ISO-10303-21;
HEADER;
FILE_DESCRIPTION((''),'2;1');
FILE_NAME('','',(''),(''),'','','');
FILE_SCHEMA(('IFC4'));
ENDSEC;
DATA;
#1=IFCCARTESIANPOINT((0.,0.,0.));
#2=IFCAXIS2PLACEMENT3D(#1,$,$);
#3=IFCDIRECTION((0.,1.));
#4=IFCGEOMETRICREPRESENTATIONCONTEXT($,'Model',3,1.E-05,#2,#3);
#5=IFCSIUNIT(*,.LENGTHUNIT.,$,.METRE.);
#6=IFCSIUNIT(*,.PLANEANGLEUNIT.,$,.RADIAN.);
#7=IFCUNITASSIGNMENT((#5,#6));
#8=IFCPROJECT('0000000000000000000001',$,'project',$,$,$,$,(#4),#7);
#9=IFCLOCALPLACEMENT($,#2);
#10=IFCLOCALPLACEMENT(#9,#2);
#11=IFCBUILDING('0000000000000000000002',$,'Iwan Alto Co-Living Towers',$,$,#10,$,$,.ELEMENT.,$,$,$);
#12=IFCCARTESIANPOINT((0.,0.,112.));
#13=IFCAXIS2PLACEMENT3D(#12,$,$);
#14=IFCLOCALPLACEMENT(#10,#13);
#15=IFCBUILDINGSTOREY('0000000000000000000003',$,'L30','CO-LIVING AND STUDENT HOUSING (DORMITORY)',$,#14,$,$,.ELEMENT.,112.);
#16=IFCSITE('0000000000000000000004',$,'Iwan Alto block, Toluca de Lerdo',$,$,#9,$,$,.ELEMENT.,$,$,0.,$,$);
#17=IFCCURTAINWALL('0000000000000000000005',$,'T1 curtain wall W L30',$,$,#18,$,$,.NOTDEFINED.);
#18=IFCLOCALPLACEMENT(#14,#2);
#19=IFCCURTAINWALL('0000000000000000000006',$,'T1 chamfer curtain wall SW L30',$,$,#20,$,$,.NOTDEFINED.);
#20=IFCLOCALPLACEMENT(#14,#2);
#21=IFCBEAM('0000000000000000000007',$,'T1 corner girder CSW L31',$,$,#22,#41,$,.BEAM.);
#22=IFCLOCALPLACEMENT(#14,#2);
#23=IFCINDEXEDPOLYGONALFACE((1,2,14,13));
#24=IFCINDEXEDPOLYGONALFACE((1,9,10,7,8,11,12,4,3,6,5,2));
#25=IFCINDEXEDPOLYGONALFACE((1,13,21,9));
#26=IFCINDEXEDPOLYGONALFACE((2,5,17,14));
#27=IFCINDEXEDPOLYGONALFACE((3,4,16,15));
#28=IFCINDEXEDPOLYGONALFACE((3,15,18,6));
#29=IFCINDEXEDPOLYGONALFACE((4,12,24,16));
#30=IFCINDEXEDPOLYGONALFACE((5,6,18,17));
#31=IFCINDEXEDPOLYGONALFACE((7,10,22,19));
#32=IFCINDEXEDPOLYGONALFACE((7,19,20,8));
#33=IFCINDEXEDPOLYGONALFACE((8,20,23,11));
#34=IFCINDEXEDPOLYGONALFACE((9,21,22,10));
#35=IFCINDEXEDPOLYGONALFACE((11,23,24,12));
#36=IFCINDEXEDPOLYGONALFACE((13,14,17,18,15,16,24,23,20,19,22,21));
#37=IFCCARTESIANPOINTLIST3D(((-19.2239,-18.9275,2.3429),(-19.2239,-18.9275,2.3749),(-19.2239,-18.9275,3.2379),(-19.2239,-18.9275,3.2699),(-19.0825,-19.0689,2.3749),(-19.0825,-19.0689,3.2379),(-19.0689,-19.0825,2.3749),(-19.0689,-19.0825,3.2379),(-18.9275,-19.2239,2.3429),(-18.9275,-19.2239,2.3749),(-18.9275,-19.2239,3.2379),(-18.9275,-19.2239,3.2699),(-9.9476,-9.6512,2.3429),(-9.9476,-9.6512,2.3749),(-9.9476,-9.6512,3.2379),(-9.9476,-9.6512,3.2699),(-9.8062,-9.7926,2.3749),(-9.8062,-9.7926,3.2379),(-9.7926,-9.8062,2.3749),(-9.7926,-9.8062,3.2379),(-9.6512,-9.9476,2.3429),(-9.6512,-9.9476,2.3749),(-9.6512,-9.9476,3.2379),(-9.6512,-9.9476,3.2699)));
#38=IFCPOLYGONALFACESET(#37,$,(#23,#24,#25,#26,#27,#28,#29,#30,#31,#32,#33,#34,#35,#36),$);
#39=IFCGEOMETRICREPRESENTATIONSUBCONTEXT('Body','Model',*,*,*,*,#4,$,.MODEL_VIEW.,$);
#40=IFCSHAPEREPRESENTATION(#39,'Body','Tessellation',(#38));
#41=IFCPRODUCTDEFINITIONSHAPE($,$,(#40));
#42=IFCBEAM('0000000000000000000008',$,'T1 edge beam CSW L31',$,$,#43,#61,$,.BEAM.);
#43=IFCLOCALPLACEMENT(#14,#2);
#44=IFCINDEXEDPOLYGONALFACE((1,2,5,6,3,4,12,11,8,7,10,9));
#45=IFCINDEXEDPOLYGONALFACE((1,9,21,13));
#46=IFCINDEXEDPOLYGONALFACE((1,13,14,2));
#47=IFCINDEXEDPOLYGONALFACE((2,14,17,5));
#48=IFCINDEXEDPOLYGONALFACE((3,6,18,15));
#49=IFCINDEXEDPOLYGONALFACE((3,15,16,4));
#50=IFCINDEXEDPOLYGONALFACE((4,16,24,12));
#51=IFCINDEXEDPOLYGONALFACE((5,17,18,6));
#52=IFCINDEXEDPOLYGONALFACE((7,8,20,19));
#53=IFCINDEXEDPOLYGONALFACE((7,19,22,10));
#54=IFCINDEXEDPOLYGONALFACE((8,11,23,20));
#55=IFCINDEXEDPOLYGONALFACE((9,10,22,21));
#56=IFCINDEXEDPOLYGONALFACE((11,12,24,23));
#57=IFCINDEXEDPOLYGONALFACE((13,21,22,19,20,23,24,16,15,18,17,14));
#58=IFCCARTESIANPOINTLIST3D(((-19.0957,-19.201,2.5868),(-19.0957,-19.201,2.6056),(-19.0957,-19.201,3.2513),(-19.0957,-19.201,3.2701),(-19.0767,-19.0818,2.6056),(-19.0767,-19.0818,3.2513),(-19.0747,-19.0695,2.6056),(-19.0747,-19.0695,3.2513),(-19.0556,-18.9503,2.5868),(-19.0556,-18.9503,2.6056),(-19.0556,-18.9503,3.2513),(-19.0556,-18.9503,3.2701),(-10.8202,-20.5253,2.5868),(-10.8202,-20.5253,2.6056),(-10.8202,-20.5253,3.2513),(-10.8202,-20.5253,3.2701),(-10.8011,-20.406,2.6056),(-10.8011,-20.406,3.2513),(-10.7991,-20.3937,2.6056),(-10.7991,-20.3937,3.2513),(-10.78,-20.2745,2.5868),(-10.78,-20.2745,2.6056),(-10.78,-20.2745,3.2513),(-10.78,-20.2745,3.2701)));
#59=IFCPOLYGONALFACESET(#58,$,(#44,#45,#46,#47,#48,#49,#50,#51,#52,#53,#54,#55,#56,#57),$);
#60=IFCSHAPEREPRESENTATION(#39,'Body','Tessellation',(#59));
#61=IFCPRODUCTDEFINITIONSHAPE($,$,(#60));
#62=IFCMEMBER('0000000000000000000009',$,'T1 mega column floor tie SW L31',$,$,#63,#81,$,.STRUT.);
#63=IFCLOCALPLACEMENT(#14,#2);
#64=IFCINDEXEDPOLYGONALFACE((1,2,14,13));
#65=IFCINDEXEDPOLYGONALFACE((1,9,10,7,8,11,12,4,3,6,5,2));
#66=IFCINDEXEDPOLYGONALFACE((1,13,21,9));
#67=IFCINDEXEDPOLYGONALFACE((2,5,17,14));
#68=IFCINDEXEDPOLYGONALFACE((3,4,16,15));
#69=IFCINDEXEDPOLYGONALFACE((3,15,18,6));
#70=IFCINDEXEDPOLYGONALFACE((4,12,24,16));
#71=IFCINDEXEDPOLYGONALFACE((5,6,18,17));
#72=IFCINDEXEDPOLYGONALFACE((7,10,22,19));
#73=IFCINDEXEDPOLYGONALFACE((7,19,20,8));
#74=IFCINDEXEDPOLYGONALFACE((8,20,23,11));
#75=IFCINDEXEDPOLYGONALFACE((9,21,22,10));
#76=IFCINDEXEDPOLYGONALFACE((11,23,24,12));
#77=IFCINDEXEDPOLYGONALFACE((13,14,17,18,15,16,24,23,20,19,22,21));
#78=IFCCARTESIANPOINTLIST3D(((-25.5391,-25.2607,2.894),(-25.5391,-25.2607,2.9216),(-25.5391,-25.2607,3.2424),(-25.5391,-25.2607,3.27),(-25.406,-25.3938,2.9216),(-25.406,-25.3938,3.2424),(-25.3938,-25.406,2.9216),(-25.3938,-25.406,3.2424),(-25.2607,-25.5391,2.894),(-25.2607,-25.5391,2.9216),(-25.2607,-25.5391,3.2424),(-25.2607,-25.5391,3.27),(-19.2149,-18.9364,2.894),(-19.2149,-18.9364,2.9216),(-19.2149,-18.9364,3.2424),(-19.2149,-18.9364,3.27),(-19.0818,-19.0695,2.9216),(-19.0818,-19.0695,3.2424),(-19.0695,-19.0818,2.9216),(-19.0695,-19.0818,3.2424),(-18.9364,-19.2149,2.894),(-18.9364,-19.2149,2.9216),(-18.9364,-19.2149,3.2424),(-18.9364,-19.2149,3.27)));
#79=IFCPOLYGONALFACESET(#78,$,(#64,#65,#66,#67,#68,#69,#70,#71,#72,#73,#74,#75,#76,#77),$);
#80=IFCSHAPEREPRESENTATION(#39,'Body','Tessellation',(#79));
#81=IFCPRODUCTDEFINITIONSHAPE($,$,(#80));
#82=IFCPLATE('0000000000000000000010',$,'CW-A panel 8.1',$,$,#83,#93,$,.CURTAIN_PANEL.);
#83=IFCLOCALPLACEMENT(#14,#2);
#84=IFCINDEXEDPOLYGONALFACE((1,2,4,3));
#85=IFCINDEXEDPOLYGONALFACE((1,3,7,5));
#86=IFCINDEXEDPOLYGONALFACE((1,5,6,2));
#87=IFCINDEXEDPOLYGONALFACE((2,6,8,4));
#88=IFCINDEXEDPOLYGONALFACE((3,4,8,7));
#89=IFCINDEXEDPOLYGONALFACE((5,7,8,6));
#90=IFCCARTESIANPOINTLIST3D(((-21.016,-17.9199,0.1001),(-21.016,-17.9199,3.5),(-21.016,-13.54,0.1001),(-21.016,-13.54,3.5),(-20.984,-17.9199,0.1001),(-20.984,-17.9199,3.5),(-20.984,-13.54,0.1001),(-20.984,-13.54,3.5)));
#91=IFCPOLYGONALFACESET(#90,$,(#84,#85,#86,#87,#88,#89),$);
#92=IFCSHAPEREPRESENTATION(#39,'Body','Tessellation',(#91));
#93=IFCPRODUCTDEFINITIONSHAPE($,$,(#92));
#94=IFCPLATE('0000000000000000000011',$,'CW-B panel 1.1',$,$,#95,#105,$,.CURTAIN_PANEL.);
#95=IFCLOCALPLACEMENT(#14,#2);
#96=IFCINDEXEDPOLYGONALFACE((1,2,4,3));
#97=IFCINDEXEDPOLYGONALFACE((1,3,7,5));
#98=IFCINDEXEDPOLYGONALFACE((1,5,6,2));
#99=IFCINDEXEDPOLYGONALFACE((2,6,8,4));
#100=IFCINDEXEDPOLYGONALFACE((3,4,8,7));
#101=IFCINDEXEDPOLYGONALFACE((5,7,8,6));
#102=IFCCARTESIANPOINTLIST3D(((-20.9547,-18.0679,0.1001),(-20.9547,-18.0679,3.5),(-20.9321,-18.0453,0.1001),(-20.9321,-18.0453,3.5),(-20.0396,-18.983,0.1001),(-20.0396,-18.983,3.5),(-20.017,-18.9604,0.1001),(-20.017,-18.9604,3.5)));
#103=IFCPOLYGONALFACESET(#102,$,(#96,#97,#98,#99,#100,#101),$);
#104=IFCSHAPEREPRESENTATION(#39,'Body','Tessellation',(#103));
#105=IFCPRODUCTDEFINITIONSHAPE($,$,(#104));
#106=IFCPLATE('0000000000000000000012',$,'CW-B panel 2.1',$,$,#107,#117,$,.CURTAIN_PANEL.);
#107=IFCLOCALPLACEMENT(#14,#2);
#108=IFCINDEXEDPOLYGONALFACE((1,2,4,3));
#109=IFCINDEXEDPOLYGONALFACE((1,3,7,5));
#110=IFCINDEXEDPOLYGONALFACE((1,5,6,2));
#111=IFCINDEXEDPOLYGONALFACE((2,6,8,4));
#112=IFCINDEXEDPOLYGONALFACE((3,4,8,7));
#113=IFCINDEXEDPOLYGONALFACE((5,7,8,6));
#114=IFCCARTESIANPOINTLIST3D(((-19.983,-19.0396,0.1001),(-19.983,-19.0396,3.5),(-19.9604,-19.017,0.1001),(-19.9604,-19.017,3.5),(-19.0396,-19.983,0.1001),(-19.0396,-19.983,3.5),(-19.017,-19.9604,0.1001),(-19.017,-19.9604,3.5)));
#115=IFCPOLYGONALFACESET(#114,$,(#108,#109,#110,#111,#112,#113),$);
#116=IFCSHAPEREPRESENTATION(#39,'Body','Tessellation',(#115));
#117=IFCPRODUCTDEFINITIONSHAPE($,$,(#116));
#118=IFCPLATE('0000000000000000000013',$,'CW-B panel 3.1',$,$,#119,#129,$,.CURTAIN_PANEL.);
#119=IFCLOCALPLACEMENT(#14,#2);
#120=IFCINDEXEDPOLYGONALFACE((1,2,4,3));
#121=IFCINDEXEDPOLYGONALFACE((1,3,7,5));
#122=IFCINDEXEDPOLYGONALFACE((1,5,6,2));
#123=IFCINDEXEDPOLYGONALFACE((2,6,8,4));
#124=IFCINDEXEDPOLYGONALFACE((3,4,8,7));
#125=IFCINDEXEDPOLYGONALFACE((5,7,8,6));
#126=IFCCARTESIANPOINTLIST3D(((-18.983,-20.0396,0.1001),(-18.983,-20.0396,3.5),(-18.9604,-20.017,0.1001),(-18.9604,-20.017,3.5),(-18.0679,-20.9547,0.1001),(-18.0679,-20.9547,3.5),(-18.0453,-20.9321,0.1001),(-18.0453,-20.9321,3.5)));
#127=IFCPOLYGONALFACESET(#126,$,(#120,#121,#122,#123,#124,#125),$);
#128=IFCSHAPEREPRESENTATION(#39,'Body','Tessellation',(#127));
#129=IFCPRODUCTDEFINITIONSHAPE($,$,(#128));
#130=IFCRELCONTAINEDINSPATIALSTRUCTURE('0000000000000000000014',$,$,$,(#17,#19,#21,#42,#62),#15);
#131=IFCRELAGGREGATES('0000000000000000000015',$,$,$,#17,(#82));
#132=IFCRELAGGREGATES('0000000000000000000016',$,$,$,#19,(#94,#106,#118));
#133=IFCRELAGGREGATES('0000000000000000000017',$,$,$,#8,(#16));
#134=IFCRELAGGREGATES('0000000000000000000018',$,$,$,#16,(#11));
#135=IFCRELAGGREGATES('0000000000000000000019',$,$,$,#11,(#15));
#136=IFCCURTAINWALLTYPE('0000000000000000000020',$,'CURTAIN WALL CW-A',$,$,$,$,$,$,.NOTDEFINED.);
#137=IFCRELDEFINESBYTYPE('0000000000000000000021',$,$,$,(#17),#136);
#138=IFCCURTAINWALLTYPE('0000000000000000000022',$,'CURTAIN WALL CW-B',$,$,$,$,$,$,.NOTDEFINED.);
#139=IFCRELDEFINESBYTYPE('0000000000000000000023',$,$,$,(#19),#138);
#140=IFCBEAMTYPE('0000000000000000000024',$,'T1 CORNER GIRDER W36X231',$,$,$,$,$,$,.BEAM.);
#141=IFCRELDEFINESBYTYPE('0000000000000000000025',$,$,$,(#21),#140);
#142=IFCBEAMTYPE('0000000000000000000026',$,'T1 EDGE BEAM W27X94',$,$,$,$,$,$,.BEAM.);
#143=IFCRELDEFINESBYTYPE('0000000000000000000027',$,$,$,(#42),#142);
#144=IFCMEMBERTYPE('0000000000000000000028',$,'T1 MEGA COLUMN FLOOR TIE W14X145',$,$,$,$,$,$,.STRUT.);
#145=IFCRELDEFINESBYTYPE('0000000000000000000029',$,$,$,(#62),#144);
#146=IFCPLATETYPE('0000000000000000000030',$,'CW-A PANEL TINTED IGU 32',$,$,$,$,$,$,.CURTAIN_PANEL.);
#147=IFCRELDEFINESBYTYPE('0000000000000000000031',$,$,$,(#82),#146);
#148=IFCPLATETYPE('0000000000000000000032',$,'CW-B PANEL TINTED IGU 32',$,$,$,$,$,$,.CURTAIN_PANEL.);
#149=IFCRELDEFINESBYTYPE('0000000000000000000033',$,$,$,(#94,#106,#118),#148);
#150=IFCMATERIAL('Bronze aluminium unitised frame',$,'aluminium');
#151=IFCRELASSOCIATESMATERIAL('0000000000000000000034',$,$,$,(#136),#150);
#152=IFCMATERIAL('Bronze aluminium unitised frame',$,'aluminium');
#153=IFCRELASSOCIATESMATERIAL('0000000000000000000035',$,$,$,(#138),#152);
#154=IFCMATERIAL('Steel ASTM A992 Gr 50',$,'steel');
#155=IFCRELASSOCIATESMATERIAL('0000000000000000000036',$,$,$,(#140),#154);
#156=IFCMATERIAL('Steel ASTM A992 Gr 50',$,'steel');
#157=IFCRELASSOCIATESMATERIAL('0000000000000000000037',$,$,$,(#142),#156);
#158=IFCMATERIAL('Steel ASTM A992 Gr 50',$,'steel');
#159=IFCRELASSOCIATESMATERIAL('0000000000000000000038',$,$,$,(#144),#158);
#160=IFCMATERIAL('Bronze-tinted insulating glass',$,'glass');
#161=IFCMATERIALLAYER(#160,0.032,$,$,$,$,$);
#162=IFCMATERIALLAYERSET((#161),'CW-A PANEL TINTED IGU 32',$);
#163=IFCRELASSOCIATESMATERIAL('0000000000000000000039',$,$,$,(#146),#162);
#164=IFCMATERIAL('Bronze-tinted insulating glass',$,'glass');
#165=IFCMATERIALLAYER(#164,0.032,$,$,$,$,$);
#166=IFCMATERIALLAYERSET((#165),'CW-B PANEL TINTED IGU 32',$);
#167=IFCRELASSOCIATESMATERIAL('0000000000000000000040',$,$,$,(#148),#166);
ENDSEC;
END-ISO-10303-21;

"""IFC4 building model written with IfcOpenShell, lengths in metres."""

from ifc_helpers import new_model, si_unit, direction, frame, origin, origin_2d, place, context, subcontext, project, spatial, rectangle, i_section, extrude, material, layer, layer_set, material_profile, profile_set, type_object, element, aggregate, save


model = new_model("IFC4")

# Units and contexts
model_context = context("Model", 3, precision=1e-05, world=origin(), true_north=direction((0.0, 1.0)))
body_context = subcontext(model_context, "Body", "Model", "MODEL_VIEW")
ifc_project = project(units=[si_unit("LENGTHUNIT", "METRE"), si_unit("PLANEANGLEUNIT", "RADIAN")], contexts=[model_context])

# Site, building, storey
site_placement = place(None, origin())
site = spatial("IfcSite", under=ifc_project, at=site_placement, Name="Iwan Alto block, Toluca de Lerdo", CompositionType="ELEMENT", RefElevation=0.0)
building_placement = place(site_placement, origin())
building = spatial("IfcBuilding", under=site, at=building_placement, Name="Iwan Alto Co-Living Towers", CompositionType="ELEMENT")
storey_placement = place(building_placement, frame((0.0, 0.0, 112.0)))
storey = spatial("IfcBuildingStorey", under=building, at=storey_placement, Name="L30", Description="CO-LIVING AND STUDENT HOUSING (DORMITORY)", CompositionType="ELEMENT", Elevation=112.0)

# Curtain wall
ifc_material_1 = material(Name="Bronze aluminium unitised frame", Category="aluminium")
curtain_wall_type_1 = type_object("IfcCurtainWallType", Name="CURTAIN WALL CW-A", PredefinedType="NOTDEFINED", material=ifc_material_1)
curtain_wall_1_placement = place(storey_placement, origin())
curtain_wall_1 = element("IfcCurtainWall", 1, at=curtain_wall_1_placement, inside=storey, type_object=curtain_wall_type_1, Name="T1 curtain wall W L30", PredefinedType="NOTDEFINED")

# Curtain wall
ifc_material_2 = material(Name="Bronze aluminium unitised frame", Category="aluminium")
curtain_wall_type_2 = type_object("IfcCurtainWallType", Name="CURTAIN WALL CW-B", PredefinedType="NOTDEFINED", material=ifc_material_2)
curtain_wall_2_placement = place(storey_placement, origin())
curtain_wall_2 = element("IfcCurtainWall", 2, at=curtain_wall_2_placement, inside=storey, type_object=curtain_wall_type_2, Name="T1 chamfer curtain wall SW L30", PredefinedType="NOTDEFINED")

# Beams
ifc_material_3 = material(Name="Steel ASTM A992 Gr 50", Category="steel")
ifc_material_profile_1 = material_profile(ifc_material_3, i_section(OverallWidth=0.4192, OverallDepth=0.927, WebThickness=0.0193, FlangeThickness=0.032, at=origin_2d()), Name="W36X231")
ifc_profile_set_1 = profile_set([ifc_material_profile_1], Name="Steel ASTM A992 Gr 50")
beam_type_1 = type_object("IfcBeamType", Name="T1 CORNER GIRDER W36X231", PredefinedType="BEAM", material=ifc_profile_set_1)
beam_1_placement = place(storey_placement, frame((-19.0757, -19.0757, 2.8064), z_axis=(0.707107, 0.707107, 0.0), x_axis=(-0.707107, 0.707107, 0.0)))
element("IfcBeam", 3, at=beam_1_placement, inside=storey, type_object=beam_type_1, Name="T1 corner girder CSW L31", PredefinedType="BEAM", context=body_context, shape_type="SweptSolid", body=[
    extrude(i_section(OverallWidth=0.4192, OverallDepth=0.927, WebThickness=0.0193, FlangeThickness=0.032, at=origin_2d()), origin(), (0.0, 0.0, 1.0), 13.1187),
])
ifc_material_4 = material(Name="Steel ASTM A992 Gr 50", Category="steel")
ifc_material_profile_2 = material_profile(ifc_material_4, i_section(OverallWidth=0.2539, OverallDepth=0.6833, WebThickness=0.0125, FlangeThickness=0.0188, at=origin_2d()), Name="W27X94")
ifc_profile_set_2 = profile_set([ifc_material_profile_2], Name="Steel ASTM A992 Gr 50")
beam_type_2 = type_object("IfcBeamType", Name="T1 EDGE BEAM W27X94", PredefinedType="BEAM", material=ifc_profile_set_2)
beam_2_placement = place(storey_placement, frame((-19.0757, -19.0757, 2.9285), z_axis=(0.987438, -0.158004, 0.0), x_axis=(0.158004, 0.987438, 0.0)))
element("IfcBeam", 4, at=beam_2_placement, inside=storey, type_object=beam_type_2, Name="T1 edge beam CSW L31", PredefinedType="BEAM", context=body_context, shape_type="SweptSolid", body=[
    extrude(i_section(OverallWidth=0.2539, OverallDepth=0.6833, WebThickness=0.0125, FlangeThickness=0.0188, at=origin_2d()), origin(), (0.0, 0.0, 1.0), 8.3809),
])

# Member
ifc_material_5 = material(Name="Steel ASTM A992 Gr 50", Category="steel")
ifc_material_profile_3 = material_profile(ifc_material_5, i_section(OverallWidth=0.3938, OverallDepth=0.376, WebThickness=0.0173, FlangeThickness=0.0276, at=origin_2d()), Name="W14X145")
ifc_profile_set_3 = profile_set([ifc_material_profile_3], Name="Steel ASTM A992 Gr 50")
member_type_1 = type_object("IfcMemberType", Name="T1 MEGA COLUMN FLOOR TIE W14X145", PredefinedType="STRUT", material=ifc_profile_set_3)
member_1_placement = place(storey_placement, frame((-25.3999, -25.3999, 3.082), z_axis=(0.707107, 0.707107, 0.0), x_axis=(-0.707107, 0.707107, 0.0)))
element("IfcMember", 5, at=member_1_placement, inside=storey, type_object=member_type_1, Name="T1 mega column floor tie SW L31", PredefinedType="STRUT", context=body_context, shape_type="SweptSolid", body=[
    extrude(i_section(OverallWidth=0.3938, OverallDepth=0.376, WebThickness=0.0173, FlangeThickness=0.0276, at=origin_2d()), origin(), (0.0, 0.0, 1.0), 8.9438),
])

# Plates
ifc_material_6 = material(Name="Bronze-tinted insulating glass", Category="glass")
ifc_layer_1 = layer(ifc_material_6, 0.032)
ifc_layer_set_1 = layer_set([ifc_layer_1], Name="CW-A PANEL TINTED IGU 32")
plate_type_1 = type_object("IfcPlateType", Name="CW-A PANEL TINTED IGU 32", PredefinedType="CURTAIN_PANEL", material=ifc_layer_set_1)
plate_1_placement = place(storey_placement, frame((-21.0, -15.73, 0.1001), z_axis=(0.0, 0.0, 1.0), x_axis=(0.0, -1.0, 0.0)))
plate_1 = element("IfcPlate", 6, at=plate_1_placement, type_object=plate_type_1, Name="CW-A panel 8.1", PredefinedType="CURTAIN_PANEL", context=body_context, shape_type="SweptSolid", body=[
    extrude(rectangle(XDim=4.3799, YDim=0.032, at=origin_2d()), origin(), (0.0, 0.0, 1.0), 3.3999),
])
aggregate(curtain_wall_1, [plate_1])
ifc_material_7 = material(Name="Bronze-tinted insulating glass", Category="glass")
ifc_layer_2 = layer(ifc_material_7, 0.032)
ifc_layer_set_2 = layer_set([ifc_layer_2], Name="CW-B PANEL TINTED IGU 32")
plate_type_2 = type_object("IfcPlateType", Name="CW-B PANEL TINTED IGU 32", PredefinedType="CURTAIN_PANEL", material=ifc_layer_set_2)
plate_2_placement = place(storey_placement, frame((-20.4858, -18.5142, 0.1001), z_axis=(0.0, 0.0, 1.0), x_axis=(0.707107, -0.707107, 0.0)))
plate_2 = element("IfcPlate", 7, at=plate_2_placement, type_object=plate_type_2, Name="CW-B panel 1.1", PredefinedType="CURTAIN_PANEL", context=body_context, shape_type="SweptSolid", body=[
    extrude(rectangle(XDim=1.2942, YDim=0.032, at=origin_2d()), origin(), (0.0, 0.0, 1.0), 3.3999),
])
plate_3_placement = place(storey_placement, frame((-19.5, -19.5, 0.1001), z_axis=(0.0, 0.0, 1.0), x_axis=(0.707107, -0.707107, 0.0)))
plate_3 = element("IfcPlate", 8, at=plate_3_placement, type_object=plate_type_2, Name="CW-B panel 2.1", PredefinedType="CURTAIN_PANEL", context=body_context, shape_type="SweptSolid", body=[
    extrude(rectangle(XDim=1.3342, YDim=0.032, at=origin_2d()), origin(), (0.0, 0.0, 1.0), 3.3999),
])
plate_4_placement = place(storey_placement, frame((-18.5142, -20.4858, 0.1001), z_axis=(0.0, 0.0, 1.0), x_axis=(0.707107, -0.707107, 0.0)))
plate_4 = element("IfcPlate", 9, at=plate_4_placement, type_object=plate_type_2, Name="CW-B panel 3.1", PredefinedType="CURTAIN_PANEL", context=body_context, shape_type="SweptSolid", body=[
    extrude(rectangle(XDim=1.2942, YDim=0.032, at=origin_2d()), origin(), (0.0, 0.0, 1.0), 3.3999),
])
aggregate(curtain_wall_2, [plate_2, plate_3, plate_4])

save(model, "model.ifc")
